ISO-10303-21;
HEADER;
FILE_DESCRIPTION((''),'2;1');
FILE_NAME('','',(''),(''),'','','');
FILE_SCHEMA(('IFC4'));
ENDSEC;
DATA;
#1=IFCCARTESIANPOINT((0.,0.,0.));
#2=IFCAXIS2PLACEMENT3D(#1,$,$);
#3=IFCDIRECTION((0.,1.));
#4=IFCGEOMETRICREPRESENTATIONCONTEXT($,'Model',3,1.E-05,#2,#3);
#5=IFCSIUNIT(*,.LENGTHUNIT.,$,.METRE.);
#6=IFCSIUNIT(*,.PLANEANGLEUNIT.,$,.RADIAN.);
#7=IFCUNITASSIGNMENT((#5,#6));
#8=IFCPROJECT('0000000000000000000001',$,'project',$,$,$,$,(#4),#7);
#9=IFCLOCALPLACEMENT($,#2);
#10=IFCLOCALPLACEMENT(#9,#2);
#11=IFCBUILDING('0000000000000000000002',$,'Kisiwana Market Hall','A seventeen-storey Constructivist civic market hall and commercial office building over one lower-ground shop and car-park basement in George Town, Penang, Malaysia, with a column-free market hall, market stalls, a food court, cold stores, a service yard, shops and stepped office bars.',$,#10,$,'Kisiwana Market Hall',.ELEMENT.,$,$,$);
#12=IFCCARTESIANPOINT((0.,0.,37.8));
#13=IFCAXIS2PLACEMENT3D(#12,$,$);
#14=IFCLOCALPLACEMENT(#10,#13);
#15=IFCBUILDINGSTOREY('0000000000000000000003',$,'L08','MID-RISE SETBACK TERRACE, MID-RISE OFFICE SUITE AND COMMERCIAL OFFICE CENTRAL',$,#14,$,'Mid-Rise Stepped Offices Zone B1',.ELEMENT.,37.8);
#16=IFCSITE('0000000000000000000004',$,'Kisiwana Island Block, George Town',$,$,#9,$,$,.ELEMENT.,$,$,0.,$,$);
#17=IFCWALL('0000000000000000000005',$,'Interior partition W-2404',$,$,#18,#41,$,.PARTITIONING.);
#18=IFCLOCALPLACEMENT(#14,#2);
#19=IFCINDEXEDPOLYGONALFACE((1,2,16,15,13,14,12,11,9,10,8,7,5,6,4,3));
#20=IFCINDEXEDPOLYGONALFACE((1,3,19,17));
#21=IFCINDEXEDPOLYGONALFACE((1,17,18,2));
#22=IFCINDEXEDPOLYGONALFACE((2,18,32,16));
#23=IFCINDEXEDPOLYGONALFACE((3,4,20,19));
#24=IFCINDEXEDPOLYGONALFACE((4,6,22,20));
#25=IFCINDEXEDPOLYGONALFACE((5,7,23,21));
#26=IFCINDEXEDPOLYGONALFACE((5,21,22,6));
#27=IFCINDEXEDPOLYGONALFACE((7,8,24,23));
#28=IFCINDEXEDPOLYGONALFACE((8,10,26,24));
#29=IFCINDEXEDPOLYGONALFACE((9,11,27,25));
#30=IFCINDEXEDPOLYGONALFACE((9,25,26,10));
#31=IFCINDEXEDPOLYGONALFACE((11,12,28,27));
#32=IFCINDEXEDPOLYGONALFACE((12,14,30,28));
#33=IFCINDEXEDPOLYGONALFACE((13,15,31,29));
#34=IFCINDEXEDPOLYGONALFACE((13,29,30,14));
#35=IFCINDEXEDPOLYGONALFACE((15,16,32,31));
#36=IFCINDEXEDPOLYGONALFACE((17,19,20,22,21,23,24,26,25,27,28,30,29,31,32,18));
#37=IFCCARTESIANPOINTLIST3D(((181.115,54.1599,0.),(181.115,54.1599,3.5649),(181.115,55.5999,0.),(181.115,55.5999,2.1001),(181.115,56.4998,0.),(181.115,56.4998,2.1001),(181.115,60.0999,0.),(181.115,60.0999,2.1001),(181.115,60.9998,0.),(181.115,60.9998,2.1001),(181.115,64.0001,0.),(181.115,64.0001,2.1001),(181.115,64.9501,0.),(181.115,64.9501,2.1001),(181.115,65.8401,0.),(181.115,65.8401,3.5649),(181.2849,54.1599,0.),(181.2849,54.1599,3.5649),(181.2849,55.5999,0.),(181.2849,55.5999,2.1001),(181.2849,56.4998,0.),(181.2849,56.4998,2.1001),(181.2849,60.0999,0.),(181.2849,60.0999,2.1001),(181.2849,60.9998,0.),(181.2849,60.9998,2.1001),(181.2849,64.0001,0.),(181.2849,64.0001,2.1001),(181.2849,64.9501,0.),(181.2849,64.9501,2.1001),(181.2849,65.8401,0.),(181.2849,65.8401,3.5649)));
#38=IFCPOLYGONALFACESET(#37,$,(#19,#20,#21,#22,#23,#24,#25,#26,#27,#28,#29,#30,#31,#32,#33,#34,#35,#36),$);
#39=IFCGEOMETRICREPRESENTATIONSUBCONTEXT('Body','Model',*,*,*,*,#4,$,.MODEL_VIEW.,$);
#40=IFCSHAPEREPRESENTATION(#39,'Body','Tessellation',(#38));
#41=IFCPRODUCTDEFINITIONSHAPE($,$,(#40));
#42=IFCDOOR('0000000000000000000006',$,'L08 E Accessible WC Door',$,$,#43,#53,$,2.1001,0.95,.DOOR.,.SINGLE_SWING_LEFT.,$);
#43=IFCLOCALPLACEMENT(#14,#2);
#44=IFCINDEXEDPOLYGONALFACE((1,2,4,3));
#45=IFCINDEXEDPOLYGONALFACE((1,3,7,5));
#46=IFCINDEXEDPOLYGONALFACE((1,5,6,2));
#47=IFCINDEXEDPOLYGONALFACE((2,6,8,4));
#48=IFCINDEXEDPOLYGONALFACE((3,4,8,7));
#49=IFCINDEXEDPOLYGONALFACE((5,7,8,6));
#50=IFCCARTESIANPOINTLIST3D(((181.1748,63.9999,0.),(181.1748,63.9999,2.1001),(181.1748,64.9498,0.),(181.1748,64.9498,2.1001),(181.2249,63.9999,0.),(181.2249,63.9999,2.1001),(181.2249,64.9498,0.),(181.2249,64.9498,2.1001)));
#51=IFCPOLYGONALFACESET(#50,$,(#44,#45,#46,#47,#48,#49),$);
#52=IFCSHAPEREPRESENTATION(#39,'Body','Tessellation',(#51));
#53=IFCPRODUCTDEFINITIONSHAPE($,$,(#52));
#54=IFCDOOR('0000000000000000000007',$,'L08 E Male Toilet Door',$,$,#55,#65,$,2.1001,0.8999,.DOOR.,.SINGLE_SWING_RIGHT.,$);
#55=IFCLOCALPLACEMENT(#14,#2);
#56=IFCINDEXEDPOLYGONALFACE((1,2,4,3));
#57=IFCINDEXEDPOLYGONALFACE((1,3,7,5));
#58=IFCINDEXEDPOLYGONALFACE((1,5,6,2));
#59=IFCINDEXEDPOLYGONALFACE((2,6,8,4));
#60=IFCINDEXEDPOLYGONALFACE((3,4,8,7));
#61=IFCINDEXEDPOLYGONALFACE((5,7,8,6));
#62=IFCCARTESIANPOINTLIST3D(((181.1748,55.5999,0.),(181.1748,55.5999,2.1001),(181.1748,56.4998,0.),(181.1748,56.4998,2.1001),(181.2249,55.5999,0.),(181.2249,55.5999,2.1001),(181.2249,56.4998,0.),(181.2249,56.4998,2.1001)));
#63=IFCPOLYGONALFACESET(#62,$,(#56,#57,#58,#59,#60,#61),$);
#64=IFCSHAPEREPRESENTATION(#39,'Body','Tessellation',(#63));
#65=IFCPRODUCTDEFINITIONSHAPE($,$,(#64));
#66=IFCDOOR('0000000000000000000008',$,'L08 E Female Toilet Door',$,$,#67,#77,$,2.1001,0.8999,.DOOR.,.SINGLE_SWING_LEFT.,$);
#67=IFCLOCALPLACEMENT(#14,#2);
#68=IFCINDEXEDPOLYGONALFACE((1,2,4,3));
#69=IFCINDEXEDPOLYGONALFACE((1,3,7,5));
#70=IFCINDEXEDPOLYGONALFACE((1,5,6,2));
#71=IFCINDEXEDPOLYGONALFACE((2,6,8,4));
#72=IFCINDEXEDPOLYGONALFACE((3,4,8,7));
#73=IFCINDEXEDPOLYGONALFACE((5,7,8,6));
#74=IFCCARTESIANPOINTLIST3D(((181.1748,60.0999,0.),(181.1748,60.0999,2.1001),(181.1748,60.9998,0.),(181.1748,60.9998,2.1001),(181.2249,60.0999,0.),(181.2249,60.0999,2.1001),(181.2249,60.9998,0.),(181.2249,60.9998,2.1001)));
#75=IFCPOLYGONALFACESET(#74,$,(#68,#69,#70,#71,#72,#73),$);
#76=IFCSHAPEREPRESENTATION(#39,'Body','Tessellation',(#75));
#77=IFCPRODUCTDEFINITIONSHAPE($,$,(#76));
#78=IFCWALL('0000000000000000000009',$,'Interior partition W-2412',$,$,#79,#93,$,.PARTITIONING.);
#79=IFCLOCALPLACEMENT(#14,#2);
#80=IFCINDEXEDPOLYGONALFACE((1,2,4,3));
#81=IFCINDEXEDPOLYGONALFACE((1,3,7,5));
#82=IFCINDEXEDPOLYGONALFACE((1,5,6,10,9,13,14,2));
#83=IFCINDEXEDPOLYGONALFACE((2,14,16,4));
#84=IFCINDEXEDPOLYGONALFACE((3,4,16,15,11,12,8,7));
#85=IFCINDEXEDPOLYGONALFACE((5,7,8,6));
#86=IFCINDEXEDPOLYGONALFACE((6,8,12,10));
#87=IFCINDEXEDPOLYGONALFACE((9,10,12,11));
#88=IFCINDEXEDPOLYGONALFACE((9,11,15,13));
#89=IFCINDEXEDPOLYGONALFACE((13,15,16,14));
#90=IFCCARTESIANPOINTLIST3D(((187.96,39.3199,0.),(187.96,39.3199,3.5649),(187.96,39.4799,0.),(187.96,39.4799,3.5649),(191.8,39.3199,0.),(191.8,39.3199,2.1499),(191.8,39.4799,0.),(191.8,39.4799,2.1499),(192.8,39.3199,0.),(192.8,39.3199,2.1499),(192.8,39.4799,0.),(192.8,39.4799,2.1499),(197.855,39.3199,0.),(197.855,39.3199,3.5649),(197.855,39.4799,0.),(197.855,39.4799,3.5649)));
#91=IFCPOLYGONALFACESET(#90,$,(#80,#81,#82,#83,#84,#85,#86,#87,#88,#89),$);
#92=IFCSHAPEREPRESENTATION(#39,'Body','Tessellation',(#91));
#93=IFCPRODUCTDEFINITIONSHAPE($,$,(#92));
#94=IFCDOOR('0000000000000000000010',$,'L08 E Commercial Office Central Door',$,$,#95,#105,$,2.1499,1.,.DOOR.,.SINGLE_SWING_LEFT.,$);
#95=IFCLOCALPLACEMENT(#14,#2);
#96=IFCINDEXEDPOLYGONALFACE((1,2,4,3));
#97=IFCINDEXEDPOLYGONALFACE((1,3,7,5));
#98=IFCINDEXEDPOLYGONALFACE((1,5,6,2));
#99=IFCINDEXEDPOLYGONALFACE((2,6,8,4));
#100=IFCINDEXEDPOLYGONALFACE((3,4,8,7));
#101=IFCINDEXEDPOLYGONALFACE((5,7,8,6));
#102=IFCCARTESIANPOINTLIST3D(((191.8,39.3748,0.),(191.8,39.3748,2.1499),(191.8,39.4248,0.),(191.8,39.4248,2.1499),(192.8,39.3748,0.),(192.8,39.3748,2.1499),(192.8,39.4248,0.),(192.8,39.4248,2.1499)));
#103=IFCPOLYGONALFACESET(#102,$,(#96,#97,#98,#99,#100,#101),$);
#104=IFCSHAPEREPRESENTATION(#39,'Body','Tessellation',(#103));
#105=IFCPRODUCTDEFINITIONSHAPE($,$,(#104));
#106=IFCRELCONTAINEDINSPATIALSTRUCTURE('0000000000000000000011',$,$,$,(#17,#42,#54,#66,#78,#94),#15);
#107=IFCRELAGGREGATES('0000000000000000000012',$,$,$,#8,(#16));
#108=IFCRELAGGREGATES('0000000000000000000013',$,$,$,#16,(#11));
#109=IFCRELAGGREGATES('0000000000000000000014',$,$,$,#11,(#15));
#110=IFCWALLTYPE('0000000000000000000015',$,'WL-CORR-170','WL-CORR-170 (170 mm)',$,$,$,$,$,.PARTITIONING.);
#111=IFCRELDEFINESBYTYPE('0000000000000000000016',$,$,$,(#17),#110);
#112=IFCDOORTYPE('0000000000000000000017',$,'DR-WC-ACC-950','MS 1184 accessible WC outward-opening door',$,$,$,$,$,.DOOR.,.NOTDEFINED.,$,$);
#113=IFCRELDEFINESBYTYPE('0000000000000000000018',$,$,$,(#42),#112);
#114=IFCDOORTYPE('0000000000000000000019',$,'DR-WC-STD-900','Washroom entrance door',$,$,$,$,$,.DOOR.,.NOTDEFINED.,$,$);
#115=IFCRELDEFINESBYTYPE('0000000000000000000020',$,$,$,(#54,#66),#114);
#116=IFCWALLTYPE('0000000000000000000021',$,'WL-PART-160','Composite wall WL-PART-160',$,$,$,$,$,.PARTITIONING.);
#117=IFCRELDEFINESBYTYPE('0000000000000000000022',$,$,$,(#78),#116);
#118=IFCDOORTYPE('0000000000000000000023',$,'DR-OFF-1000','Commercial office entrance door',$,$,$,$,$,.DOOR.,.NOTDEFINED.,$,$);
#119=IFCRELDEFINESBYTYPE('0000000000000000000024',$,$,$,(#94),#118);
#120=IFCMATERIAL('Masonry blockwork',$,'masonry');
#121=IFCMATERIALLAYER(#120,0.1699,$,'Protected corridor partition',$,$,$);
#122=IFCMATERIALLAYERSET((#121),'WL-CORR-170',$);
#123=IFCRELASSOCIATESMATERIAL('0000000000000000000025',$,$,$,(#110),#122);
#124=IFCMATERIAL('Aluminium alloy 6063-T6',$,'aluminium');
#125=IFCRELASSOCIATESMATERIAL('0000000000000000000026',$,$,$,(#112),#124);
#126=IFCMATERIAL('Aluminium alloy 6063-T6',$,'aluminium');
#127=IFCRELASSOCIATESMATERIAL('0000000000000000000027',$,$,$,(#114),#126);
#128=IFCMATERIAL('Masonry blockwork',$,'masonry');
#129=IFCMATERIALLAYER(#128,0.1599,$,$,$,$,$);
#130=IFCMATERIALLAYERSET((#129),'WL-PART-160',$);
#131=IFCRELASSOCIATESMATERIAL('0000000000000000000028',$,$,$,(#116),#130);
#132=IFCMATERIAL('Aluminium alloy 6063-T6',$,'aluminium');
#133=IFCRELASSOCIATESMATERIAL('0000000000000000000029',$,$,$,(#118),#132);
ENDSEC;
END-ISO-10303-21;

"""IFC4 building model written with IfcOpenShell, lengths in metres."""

from ifc_helpers import new_model, si_unit, direction, frame, frame_2d, origin, place, context, subcontext, project, spatial, rectangle, extrude, material, layer, layer_set, type_object, element, fill, save


model = new_model("IFC4")

# Units and contexts
model_context = context("Model", 3, precision=1e-05, world=origin(), true_north=direction((0.0, 1.0)))
body_context = subcontext(model_context, "Body", "Model", "MODEL_VIEW")
ifc_project = project(units=[si_unit("LENGTHUNIT", "METRE"), si_unit("PLANEANGLEUNIT", "RADIAN")], contexts=[model_context])

# Site, building, storey
site_placement = place(None, origin())
site = spatial("IfcSite", under=ifc_project, at=site_placement, Name="Kisiwana Island Block, George Town", CompositionType="ELEMENT", RefElevation=0.0)
building_placement = place(site_placement, origin())
building = spatial("IfcBuilding", under=site, at=building_placement, Name="Kisiwana Market Hall", Description="A seventeen-storey Constructivist civic market hall and commercial office building over one lower-ground shop and car-park basement in George Town, Penang, Malaysia, with a column-free market hall, market stalls, a food court, cold stores, a service yard, shops and stepped office bars.", LongName="Kisiwana Market Hall", CompositionType="ELEMENT")
storey_placement = place(building_placement, frame((0.0, 0.0, 37.8)))
storey = spatial("IfcBuildingStorey", under=building, at=storey_placement, Name="L08", Description="MID-RISE SETBACK TERRACE, MID-RISE OFFICE SUITE AND COMMERCIAL OFFICE CENTRAL", LongName="Mid-Rise Stepped Offices Zone B1", CompositionType="ELEMENT", Elevation=37.8)

# Shared definitions
ifc_material_1 = material(Name="Masonry blockwork", Category="masonry")
ifc_layer_1 = layer(ifc_material_1, 0.1699, Name="Protected corridor partition")
ifc_layer_set_1 = layer_set([ifc_layer_1], Name="WL-CORR-170")
wall_type_1 = type_object("IfcWallType", Name="WL-CORR-170", Description="WL-CORR-170 (170 mm)", PredefinedType="PARTITIONING", material=ifc_layer_set_1)

# Wall, openings, doors
wall_1_placement = place(storey_placement, frame((181.2, 54.1599, 0.0), z_axis=(0.0, 0.0, 1.0), x_axis=(0.0, 1.0, 0.0)))
wall_1 = element("IfcWall", 1, at=wall_1_placement, inside=storey, type_object=wall_type_1, Name="Interior partition W-2404", PredefinedType="PARTITIONING", context=body_context, shape_type="SweptSolid", body=[
    extrude(rectangle(XDim=11.6802, YDim=0.1699, at=frame_2d((5.8401, 0.0))), origin(), (0.0, 0.0, 1.0), 3.5649),
])
opening_1_placement = place(wall_1_placement, frame((1.4399, 0.0, 0.0)))
opening_1 = element("IfcOpeningElement", 2, at=opening_1_placement, cuts=wall_1, PredefinedType="OPENING", context=body_context, shape_type="SweptSolid", body=[
    extrude(rectangle(XDim=0.8999, YDim=2.1001, at=frame_2d((0.45, 1.05))), frame((0.0, 0.0969, 0.0), z_axis=(0.0, -1.0, 0.0), x_axis=(1.0, 0.0, 0.0)), (0.0, 0.0, 1.0), 0.1938),
])
opening_2_placement = place(wall_1_placement, frame((5.9399, 0.0, 0.0)))
opening_2 = element("IfcOpeningElement", 3, at=opening_2_placement, cuts=wall_1, PredefinedType="OPENING", context=body_context, shape_type="SweptSolid", body=[
    extrude(rectangle(XDim=0.8999, YDim=2.1001, at=frame_2d((0.45, 1.05))), frame((0.0, 0.0969, 0.0), z_axis=(0.0, -1.0, 0.0), x_axis=(1.0, 0.0, 0.0)), (0.0, 0.0, 1.0), 0.1938),
])
opening_3_placement = place(wall_1_placement, frame((9.8401, 0.0, 0.0)))
opening_3 = element("IfcOpeningElement", 4, at=opening_3_placement, cuts=wall_1, PredefinedType="OPENING", context=body_context, shape_type="SweptSolid", body=[
    extrude(rectangle(XDim=0.95, YDim=2.1001, at=frame_2d((0.4751, 1.05))), frame((0.0, 0.0969, 0.0), z_axis=(0.0, -1.0, 0.0), x_axis=(1.0, 0.0, 0.0)), (0.0, 0.0, 1.0), 0.1938),
])
ifc_material_2 = material(Name="Aluminium alloy 6063-T6", Category="aluminium")
door_type_1 = type_object("IfcDoorType", Name="DR-WC-ACC-950", Description="MS 1184 accessible WC outward-opening door", OperationType="NOTDEFINED", PredefinedType="DOOR", material=ifc_material_2)
door_1_placement = place(opening_3_placement, frame((0.95, 0.0, 0.0), z_axis=(0.0, 0.0, 1.0), x_axis=(-1.0, 0.0, 0.0)))
door_1 = element("IfcDoor", 5, at=door_1_placement, inside=storey, type_object=door_type_1, Name="L08 E Accessible WC Door", OperationType="SINGLE_SWING_LEFT", OverallHeight=2.1001, OverallWidth=0.95, PredefinedType="DOOR", context=body_context, shape_type="SweptSolid", body=[
    extrude(rectangle(XDim=0.95, YDim=2.1001, at=frame_2d((0.4751, 1.05))), frame((0.0, 0.0249, 0.0), z_axis=(0.0, -1.0, 0.0), x_axis=(1.0, 0.0, 0.0)), (0.0, 0.0, 1.0), 0.05),
])
fill(opening_3, door_1)
ifc_material_3 = material(Name="Aluminium alloy 6063-T6", Category="aluminium")
door_type_2 = type_object("IfcDoorType", Name="DR-WC-STD-900", Description="Washroom entrance door", OperationType="NOTDEFINED", PredefinedType="DOOR", material=ifc_material_3)
door_2_placement = place(opening_1_placement, frame((0.8999, 0.0, 0.0), z_axis=(0.0, 0.0, 1.0), x_axis=(-1.0, 0.0, 0.0)))
door_2 = element("IfcDoor", 6, at=door_2_placement, inside=storey, type_object=door_type_2, Name="L08 E Male Toilet Door", OperationType="SINGLE_SWING_RIGHT", OverallHeight=2.1001, OverallWidth=0.8999, PredefinedType="DOOR", context=body_context, shape_type="SweptSolid", body=[
    extrude(rectangle(XDim=0.8999, YDim=2.1001, at=frame_2d((0.45, 1.05))), frame((0.0, 0.0249, 0.0), z_axis=(0.0, -1.0, 0.0), x_axis=(1.0, 0.0, 0.0)), (0.0, 0.0, 1.0), 0.05),
])
fill(opening_1, door_2)
door_3_placement = place(opening_2_placement, frame((0.8999, 0.0, 0.0), z_axis=(0.0, 0.0, 1.0), x_axis=(-1.0, 0.0, 0.0)))
door_3 = element("IfcDoor", 7, at=door_3_placement, inside=storey, type_object=door_type_2, Name="L08 E Female Toilet Door", OperationType="SINGLE_SWING_LEFT", OverallHeight=2.1001, OverallWidth=0.8999, PredefinedType="DOOR", context=body_context, shape_type="SweptSolid", body=[
    extrude(rectangle(XDim=0.8999, YDim=2.1001, at=frame_2d((0.45, 1.05))), frame((0.0, 0.0249, 0.0), z_axis=(0.0, -1.0, 0.0), x_axis=(1.0, 0.0, 0.0)), (0.0, 0.0, 1.0), 0.05),
])
fill(opening_2, door_3)

# Wall, opening, door
ifc_material_4 = material(Name="Masonry blockwork", Category="masonry")
ifc_layer_2 = layer(ifc_material_4, 0.1599)
ifc_layer_set_2 = layer_set([ifc_layer_2], Name="WL-PART-160")
wall_type_2 = type_object("IfcWallType", Name="WL-PART-160", Description="Composite wall WL-PART-160", PredefinedType="PARTITIONING", material=ifc_layer_set_2)
wall_2_placement = place(storey_placement, frame((187.96, 39.3999, 0.0), z_axis=(0.0, 0.0, 1.0), x_axis=(1.0, 0.0, 0.0)))
wall_2 = element("IfcWall", 8, at=wall_2_placement, inside=storey, type_object=wall_type_2, Name="Interior partition W-2412", PredefinedType="PARTITIONING", context=body_context, shape_type="SweptSolid", body=[
    extrude(rectangle(XDim=9.895, YDim=0.1599, at=frame_2d((4.9475, 0.0))), origin(), (0.0, 0.0, 1.0), 3.5649),
])
opening_4_placement = place(wall_2_placement, frame((3.8401, 0.0, 0.0)))
opening_4 = element("IfcOpeningElement", 9, at=opening_4_placement, cuts=wall_2, PredefinedType="OPENING", context=body_context, shape_type="SweptSolid", body=[
    extrude(rectangle(XDim=1.0, YDim=2.1499, at=frame_2d((0.5, 1.075))), frame((0.0, 0.0918, 0.0), z_axis=(0.0, -1.0, 0.0), x_axis=(1.0, 0.0, 0.0)), (0.0, 0.0, 1.0), 0.1838),
])
ifc_material_5 = material(Name="Aluminium alloy 6063-T6", Category="aluminium")
door_type_3 = type_object("IfcDoorType", Name="DR-OFF-1000", Description="Commercial office entrance door", OperationType="NOTDEFINED", PredefinedType="DOOR", material=ifc_material_5)
door_4_placement = place(opening_4_placement, origin())
door_4 = element("IfcDoor", 10, at=door_4_placement, inside=storey, type_object=door_type_3, Name="L08 E Commercial Office Central Door", OperationType="SINGLE_SWING_LEFT", OverallHeight=2.1499, OverallWidth=1.0, PredefinedType="DOOR", context=body_context, shape_type="SweptSolid", body=[
    extrude(rectangle(XDim=1.0, YDim=2.1499, at=frame_2d((0.5, 1.075))), frame((0.0, 0.0249, 0.0), z_axis=(0.0, -1.0, 0.0), x_axis=(1.0, 0.0, 0.0)), (0.0, 0.0, 1.0), 0.05),
])
fill(opening_4, door_4)

save(model, "model.ifc")
